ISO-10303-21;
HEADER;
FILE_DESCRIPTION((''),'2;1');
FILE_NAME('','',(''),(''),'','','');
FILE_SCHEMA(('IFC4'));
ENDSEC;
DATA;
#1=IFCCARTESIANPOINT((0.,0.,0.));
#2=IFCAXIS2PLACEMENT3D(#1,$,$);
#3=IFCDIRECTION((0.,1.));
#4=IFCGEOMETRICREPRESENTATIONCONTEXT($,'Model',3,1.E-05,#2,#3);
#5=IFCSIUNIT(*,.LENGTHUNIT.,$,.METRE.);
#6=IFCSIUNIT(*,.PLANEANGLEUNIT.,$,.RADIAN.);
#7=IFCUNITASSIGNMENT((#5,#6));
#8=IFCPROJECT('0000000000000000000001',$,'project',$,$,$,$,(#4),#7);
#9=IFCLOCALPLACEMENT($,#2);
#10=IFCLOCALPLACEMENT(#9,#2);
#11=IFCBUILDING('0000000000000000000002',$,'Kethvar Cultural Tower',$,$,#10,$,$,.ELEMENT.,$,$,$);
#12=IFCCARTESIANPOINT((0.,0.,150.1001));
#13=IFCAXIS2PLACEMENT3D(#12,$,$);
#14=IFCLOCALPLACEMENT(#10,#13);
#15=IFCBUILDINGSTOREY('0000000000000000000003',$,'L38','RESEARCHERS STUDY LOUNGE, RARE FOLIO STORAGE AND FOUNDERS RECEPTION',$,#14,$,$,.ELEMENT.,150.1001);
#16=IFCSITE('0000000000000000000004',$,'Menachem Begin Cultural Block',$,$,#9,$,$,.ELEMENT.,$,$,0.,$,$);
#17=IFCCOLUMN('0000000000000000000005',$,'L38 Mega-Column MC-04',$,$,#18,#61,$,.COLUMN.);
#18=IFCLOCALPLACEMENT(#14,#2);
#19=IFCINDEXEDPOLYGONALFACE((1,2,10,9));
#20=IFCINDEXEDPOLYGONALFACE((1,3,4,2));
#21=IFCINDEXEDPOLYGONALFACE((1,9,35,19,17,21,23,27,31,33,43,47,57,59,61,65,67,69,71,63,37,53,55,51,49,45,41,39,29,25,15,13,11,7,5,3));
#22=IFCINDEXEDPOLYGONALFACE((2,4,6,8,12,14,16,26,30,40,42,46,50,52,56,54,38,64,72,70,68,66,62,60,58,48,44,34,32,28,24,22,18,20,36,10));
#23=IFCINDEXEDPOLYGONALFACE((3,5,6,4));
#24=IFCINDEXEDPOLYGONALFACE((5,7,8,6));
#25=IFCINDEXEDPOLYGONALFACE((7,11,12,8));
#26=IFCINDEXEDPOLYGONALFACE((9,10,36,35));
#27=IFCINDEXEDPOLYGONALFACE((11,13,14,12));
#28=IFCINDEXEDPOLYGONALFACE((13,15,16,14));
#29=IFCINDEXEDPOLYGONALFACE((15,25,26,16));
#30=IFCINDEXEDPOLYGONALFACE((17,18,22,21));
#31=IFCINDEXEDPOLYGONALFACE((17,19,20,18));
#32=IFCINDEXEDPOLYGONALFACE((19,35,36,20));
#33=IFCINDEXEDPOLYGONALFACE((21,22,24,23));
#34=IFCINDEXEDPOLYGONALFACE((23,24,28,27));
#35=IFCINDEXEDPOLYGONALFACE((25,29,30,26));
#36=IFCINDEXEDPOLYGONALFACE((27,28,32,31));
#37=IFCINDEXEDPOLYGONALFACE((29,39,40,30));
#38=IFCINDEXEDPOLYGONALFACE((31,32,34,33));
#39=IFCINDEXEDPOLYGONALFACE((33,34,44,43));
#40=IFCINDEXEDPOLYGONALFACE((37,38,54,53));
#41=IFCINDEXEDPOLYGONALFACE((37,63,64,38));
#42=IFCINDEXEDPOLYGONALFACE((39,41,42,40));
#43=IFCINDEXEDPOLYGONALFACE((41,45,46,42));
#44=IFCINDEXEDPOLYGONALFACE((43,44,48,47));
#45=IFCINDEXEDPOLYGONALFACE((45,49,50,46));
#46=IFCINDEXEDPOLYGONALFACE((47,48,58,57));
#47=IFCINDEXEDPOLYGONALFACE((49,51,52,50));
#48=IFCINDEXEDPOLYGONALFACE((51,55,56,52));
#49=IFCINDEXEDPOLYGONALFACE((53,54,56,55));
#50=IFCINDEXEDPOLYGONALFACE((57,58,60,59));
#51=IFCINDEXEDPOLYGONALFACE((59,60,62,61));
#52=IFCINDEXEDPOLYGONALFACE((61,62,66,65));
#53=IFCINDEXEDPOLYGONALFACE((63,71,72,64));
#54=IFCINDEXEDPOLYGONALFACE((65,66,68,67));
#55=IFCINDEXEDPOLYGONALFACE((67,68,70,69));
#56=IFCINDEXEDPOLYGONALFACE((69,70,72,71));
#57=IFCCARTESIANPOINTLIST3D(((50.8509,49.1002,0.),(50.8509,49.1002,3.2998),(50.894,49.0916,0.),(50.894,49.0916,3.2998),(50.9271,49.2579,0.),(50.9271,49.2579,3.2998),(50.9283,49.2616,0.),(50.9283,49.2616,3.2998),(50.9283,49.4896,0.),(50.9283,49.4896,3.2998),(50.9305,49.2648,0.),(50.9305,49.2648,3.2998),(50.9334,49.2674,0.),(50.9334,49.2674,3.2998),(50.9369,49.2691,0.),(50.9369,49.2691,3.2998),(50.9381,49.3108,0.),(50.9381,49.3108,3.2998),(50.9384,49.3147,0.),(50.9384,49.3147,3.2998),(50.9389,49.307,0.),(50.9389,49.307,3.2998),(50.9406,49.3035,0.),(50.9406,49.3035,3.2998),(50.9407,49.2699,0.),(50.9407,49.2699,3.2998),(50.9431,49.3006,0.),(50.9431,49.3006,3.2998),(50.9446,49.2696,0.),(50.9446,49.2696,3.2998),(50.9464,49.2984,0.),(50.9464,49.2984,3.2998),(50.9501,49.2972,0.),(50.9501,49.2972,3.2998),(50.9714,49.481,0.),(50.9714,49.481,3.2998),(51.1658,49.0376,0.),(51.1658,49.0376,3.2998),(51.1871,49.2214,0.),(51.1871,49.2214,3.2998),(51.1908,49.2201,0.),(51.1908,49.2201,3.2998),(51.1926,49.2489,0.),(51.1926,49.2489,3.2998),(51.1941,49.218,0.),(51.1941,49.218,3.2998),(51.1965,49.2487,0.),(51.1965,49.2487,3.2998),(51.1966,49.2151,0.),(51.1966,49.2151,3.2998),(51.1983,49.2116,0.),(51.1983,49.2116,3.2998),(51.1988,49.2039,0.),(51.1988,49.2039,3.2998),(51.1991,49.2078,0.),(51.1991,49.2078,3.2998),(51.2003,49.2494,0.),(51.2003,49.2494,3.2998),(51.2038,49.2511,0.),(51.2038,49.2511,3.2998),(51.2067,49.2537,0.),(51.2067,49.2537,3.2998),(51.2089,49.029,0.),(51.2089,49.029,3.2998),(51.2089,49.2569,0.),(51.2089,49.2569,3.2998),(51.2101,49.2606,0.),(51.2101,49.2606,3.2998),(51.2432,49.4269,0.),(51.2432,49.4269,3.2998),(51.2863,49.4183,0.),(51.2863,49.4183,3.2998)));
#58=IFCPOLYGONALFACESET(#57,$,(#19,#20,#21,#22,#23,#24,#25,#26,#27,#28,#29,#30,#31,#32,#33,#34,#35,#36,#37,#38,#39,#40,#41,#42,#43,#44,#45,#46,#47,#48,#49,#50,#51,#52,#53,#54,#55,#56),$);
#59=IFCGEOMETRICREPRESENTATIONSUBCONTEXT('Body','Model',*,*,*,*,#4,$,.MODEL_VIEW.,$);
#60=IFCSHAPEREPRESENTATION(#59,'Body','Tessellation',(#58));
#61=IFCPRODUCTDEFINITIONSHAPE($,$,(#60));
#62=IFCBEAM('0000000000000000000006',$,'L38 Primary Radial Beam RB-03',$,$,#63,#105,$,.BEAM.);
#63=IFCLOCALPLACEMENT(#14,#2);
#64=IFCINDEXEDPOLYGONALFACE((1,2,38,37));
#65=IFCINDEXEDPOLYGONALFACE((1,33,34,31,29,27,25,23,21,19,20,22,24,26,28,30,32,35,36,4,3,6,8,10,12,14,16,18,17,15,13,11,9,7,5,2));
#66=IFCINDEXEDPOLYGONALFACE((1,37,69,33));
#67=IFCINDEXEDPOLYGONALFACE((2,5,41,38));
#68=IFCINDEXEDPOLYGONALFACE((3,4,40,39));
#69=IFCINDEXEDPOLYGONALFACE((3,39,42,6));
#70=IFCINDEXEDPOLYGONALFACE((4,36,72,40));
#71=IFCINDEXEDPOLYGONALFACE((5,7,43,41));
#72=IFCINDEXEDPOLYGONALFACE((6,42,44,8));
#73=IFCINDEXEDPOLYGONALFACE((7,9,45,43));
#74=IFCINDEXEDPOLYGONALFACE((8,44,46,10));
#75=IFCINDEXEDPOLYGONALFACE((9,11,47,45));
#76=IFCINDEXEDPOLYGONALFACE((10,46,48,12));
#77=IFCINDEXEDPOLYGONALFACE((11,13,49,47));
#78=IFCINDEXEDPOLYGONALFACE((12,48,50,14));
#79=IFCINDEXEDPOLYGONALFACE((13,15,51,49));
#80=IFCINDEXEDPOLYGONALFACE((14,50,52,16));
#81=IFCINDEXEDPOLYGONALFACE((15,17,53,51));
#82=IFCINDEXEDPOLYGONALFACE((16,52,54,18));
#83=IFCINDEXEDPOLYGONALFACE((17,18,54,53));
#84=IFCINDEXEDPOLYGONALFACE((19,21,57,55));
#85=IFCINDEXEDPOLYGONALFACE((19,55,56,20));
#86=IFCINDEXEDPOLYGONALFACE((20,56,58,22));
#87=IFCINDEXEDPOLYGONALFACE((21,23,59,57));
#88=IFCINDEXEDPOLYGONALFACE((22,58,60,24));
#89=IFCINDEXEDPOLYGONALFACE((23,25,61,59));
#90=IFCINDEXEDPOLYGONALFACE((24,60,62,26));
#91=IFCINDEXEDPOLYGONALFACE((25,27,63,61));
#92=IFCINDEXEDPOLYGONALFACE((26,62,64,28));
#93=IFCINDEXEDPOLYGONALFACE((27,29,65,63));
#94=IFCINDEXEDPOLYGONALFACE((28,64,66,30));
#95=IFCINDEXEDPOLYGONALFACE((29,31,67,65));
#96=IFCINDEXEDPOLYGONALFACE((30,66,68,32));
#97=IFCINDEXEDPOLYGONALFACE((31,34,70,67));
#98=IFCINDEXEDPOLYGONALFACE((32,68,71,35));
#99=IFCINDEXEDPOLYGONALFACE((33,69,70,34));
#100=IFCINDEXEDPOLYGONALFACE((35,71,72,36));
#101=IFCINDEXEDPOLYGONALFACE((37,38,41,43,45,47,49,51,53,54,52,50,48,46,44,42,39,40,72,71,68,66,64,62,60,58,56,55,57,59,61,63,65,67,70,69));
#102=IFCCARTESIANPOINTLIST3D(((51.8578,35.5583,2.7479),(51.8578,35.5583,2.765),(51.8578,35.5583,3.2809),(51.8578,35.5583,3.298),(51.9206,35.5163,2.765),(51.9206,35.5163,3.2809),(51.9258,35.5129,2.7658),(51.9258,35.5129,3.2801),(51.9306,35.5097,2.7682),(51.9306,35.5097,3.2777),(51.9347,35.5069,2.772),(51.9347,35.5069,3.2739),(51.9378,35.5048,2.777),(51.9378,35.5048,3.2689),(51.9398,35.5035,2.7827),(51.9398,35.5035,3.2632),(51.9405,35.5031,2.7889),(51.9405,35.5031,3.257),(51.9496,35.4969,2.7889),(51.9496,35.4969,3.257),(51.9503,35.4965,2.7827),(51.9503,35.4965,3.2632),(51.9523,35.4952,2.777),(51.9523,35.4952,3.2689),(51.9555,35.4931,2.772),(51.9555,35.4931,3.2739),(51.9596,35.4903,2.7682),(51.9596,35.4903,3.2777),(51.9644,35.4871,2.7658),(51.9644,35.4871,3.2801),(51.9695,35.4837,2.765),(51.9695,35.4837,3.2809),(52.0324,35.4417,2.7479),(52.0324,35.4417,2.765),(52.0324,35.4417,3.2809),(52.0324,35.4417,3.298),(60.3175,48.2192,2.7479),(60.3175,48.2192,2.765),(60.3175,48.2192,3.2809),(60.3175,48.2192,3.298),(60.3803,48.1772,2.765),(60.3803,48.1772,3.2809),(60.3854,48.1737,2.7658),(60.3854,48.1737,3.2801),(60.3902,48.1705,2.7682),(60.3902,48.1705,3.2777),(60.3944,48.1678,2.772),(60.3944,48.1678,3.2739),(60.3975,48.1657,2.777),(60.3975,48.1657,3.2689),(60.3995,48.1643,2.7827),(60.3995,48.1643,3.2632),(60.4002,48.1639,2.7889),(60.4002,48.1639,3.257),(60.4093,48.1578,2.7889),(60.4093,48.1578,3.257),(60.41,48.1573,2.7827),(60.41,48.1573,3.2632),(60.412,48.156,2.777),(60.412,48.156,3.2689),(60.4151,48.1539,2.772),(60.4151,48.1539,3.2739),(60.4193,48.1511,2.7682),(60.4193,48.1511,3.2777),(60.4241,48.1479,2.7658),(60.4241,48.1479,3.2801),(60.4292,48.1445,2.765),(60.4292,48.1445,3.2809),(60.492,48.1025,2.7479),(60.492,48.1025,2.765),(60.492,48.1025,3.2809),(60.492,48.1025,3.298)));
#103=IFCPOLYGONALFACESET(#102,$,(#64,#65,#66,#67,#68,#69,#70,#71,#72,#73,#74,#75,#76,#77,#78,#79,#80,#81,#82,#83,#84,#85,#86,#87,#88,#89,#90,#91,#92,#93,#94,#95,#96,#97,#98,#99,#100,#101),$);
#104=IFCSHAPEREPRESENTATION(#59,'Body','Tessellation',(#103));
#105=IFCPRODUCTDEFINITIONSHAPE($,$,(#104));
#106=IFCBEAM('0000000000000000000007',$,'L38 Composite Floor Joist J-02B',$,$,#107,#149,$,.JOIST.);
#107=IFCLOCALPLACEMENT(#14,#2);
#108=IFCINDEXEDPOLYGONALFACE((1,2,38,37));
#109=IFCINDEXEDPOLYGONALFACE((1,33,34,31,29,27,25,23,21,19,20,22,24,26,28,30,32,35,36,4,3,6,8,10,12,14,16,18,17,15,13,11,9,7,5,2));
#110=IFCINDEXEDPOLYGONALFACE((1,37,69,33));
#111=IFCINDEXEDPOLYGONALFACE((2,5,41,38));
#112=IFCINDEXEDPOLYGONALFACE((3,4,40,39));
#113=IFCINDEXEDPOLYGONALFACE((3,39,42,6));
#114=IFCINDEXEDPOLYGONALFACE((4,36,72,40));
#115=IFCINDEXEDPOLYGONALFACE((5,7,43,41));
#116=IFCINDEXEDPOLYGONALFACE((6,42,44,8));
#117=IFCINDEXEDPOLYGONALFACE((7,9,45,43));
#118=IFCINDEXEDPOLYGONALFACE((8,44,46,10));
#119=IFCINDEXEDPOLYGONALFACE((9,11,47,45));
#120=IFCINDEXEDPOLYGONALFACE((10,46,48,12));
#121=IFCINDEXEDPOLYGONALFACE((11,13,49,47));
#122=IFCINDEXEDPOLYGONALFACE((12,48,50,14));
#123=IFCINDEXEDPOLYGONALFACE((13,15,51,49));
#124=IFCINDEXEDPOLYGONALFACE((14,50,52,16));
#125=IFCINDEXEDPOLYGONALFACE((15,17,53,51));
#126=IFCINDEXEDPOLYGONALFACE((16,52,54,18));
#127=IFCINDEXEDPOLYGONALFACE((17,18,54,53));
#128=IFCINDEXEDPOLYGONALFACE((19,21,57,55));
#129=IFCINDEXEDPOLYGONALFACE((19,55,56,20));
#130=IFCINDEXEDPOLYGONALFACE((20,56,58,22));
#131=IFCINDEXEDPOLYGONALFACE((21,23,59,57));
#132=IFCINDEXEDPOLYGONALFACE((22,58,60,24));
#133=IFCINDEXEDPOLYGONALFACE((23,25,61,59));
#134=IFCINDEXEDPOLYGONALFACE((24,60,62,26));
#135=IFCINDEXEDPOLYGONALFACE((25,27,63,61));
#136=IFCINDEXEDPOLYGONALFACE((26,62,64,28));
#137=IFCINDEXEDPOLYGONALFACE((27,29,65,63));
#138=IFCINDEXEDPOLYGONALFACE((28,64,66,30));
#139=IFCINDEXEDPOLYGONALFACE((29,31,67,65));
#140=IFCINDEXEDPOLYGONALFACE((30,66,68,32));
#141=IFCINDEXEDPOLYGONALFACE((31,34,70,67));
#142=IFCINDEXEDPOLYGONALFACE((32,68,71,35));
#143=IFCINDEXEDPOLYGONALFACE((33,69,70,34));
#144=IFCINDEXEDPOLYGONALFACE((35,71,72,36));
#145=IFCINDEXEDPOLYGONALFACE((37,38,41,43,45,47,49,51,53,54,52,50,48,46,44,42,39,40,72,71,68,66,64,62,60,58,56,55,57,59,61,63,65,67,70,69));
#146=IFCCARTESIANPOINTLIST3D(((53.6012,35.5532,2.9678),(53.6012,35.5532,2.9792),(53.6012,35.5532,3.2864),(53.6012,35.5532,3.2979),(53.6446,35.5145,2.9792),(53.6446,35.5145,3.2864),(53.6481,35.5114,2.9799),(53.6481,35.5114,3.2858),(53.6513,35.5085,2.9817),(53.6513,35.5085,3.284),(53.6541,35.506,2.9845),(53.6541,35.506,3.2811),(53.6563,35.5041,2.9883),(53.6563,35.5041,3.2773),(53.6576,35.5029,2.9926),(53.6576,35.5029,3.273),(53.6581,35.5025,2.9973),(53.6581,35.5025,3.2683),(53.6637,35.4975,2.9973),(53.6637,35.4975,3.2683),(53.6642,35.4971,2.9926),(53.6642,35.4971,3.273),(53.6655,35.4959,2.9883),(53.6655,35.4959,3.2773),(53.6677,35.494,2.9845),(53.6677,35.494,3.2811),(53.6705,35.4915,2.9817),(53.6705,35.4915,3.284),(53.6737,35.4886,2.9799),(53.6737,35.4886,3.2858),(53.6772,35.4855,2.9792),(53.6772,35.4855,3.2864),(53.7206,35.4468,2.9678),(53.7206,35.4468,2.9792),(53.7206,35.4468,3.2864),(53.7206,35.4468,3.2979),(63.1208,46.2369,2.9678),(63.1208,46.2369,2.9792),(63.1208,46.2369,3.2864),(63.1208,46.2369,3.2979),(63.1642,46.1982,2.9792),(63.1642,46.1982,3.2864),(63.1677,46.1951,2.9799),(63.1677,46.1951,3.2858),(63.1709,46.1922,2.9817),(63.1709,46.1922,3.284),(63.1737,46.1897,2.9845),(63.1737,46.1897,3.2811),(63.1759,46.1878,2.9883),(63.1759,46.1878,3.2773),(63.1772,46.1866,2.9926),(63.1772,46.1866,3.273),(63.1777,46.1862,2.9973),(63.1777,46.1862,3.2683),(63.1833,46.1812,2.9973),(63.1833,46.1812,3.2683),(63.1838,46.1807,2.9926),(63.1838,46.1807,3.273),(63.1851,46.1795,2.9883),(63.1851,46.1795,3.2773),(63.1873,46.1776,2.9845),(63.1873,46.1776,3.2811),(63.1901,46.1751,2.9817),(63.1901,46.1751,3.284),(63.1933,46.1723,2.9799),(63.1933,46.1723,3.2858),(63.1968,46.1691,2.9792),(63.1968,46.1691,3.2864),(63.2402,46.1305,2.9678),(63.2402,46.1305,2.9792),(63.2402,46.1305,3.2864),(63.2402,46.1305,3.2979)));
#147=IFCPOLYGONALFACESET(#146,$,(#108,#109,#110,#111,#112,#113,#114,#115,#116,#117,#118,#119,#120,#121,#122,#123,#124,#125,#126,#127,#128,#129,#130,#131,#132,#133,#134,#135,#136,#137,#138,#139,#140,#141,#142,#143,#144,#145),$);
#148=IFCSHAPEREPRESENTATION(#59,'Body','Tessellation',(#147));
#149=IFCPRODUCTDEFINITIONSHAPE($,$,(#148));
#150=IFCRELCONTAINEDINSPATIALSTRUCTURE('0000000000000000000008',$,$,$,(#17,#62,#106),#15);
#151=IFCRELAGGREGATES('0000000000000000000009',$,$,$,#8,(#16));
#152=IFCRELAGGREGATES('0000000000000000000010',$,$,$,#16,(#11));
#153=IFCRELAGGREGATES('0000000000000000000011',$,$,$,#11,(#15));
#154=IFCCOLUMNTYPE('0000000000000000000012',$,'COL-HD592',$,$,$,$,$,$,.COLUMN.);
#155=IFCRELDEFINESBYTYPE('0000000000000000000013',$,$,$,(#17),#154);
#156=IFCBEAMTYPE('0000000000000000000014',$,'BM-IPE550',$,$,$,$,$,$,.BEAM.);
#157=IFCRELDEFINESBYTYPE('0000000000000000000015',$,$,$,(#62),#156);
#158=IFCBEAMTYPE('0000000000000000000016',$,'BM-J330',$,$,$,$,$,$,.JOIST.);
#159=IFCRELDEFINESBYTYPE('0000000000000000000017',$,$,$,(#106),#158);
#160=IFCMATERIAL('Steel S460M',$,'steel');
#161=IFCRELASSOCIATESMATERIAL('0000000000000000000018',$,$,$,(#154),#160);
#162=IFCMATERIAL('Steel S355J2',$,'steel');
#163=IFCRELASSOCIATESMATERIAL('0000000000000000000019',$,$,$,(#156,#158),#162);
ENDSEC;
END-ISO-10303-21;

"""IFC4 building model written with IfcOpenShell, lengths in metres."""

from ifc_helpers import new_model, si_unit, direction, frame, origin, origin_2d, place, context, subcontext, project, spatial, i_section, extrude, source, transform, mapped, material, material_profile, profile_set, type_object, element, save


model = new_model("IFC4")

# Units and contexts
model_context = context("Model", 3, precision=1e-05, world=origin(), true_north=direction((0.0, 1.0)))
body_context = subcontext(model_context, "Body", "Model", "MODEL_VIEW")
ifc_project = project(units=[si_unit("LENGTHUNIT", "METRE"), si_unit("PLANEANGLEUNIT", "RADIAN")], contexts=[model_context])

# Site, building, storey
site_placement = place(None, origin())
site = spatial("IfcSite", under=ifc_project, at=site_placement, Name="Menachem Begin Cultural Block", CompositionType="ELEMENT", RefElevation=0.0)
building_placement = place(site_placement, origin())
building = spatial("IfcBuilding", under=site, at=building_placement, Name="Kethvar Cultural Tower", CompositionType="ELEMENT")
storey_placement = place(building_placement, frame((0.0, 0.0, 150.1001)))
storey = spatial("IfcBuildingStorey", under=building, at=storey_placement, Name="L38", Description="RESEARCHERS STUDY LOUNGE, RARE FOLIO STORAGE AND FOUNDERS RECEPTION", CompositionType="ELEMENT", Elevation=150.1001)

# Column
ifc_material_1 = material(Name="Steel S460M", Category="steel")
ifc_material_profile_1 = material_profile(ifc_material_1, i_section(OverallWidth=0.397, OverallDepth=0.365, WebThickness=0.0281, FlangeThickness=0.0439, FilletRadius=0.0149, at=origin_2d()), Name="Steel S460M — HD400x592")
ifc_profile_set_1 = profile_set([ifc_material_profile_1], Name="Steel S460M — HD400x592")
column_type = type_object("IfcColumnType", Name="COL-HD592", PredefinedType="COLUMN", material=ifc_profile_set_1)
shared_shape_1 = source(origin(), body_context, "Body", "SweptSolid", [
    extrude(i_section(OverallWidth=0.397, OverallDepth=0.365, WebThickness=0.0281, FlangeThickness=0.0439, FilletRadius=0.0149, at=origin_2d()), origin(), (0.0, 0.0, 1.0), 3.2998),
])
column_placement = place(storey_placement, frame((51.0686, 49.2593, 0.0), z_axis=(0.0, 0.0, 1.0), x_axis=(0.19509, 0.980785, 0.0)))
element("IfcColumn", 1, at=column_placement, inside=storey, type_object=column_type, Name="L38 Mega-Column MC-04", PredefinedType="COLUMN", context=body_context, shape_type="MappedRepresentation", body=[
    mapped(shared_shape_1, transform((0.0, 0.0, 0.0), scale=1.0)),
])

# Beams
ifc_material_2 = material(Name="Steel S355J2", Category="steel")
ifc_material_profile_2 = material_profile(ifc_material_2, i_section(OverallWidth=0.21, OverallDepth=0.55, WebThickness=0.011, FlangeThickness=0.0171, FilletRadius=0.0239, at=origin_2d()), Name="Steel S355J2 — IPE550")
ifc_profile_set_2 = profile_set([ifc_material_profile_2], Name="Steel S355J2 — IPE550")
beam_type_1 = type_object("IfcBeamType", Name="BM-IPE550", PredefinedType="BEAM", material=ifc_profile_set_2)
shared_shape_2 = source(origin(), body_context, "Body", "SweptSolid", [
    extrude(i_section(OverallWidth=0.21, OverallDepth=0.55, WebThickness=0.011, FlangeThickness=0.0171, FilletRadius=0.0239, at=origin_2d()), origin(), (0.0, 0.0, 1.0), 15.2271),
])
beam_1_placement = place(storey_placement, frame((51.9451, 35.5, 3.0229), z_axis=(0.555569, 0.83147, 0.0), x_axis=(-0.83147, 0.555569, 0.0)))
element("IfcBeam", 2, at=beam_1_placement, inside=storey, type_object=beam_type_1, Name="L38 Primary Radial Beam RB-03", PredefinedType="BEAM", context=body_context, shape_type="MappedRepresentation", body=[
    mapped(shared_shape_2, transform((0.0, 0.0, 0.0), scale=1.0)),
])
ifc_material_profile_3 = material_profile(ifc_material_2, i_section(OverallWidth=0.1599, OverallDepth=0.3301, WebThickness=0.0076, FlangeThickness=0.0115, FilletRadius=0.0181, at=origin_2d()), Name="Steel S355J2 — IPE330")
ifc_profile_set_3 = profile_set([ifc_material_profile_3], Name="Steel S355J2 — IPE330")
beam_type_2 = type_object("IfcBeamType", Name="BM-J330", PredefinedType="JOIST", material=ifc_profile_set_3)
shared_shape_3 = source(origin(), body_context, "Body", "SweptSolid", [
    extrude(i_section(OverallWidth=0.1599, OverallDepth=0.3301, WebThickness=0.0076, FlangeThickness=0.0115, FilletRadius=0.0181, at=origin_2d()), origin(), (0.0, 0.0, 1.0), 14.3096),
])
beam_2_placement = place(storey_placement, frame((53.6609, 35.5, 3.1328), z_axis=(0.665261, 0.746611, 0.0), x_axis=(-0.746611, 0.665261, 0.0)))
element("IfcBeam", 3, at=beam_2_placement, inside=storey, type_object=beam_type_2, Name="L38 Composite Floor Joist J-02B", PredefinedType="JOIST", context=body_context, shape_type="MappedRepresentation", body=[
    mapped(shared_shape_3, transform((0.0, 0.0, 0.0), scale=1.0)),
])

save(model, "model.ifc")
